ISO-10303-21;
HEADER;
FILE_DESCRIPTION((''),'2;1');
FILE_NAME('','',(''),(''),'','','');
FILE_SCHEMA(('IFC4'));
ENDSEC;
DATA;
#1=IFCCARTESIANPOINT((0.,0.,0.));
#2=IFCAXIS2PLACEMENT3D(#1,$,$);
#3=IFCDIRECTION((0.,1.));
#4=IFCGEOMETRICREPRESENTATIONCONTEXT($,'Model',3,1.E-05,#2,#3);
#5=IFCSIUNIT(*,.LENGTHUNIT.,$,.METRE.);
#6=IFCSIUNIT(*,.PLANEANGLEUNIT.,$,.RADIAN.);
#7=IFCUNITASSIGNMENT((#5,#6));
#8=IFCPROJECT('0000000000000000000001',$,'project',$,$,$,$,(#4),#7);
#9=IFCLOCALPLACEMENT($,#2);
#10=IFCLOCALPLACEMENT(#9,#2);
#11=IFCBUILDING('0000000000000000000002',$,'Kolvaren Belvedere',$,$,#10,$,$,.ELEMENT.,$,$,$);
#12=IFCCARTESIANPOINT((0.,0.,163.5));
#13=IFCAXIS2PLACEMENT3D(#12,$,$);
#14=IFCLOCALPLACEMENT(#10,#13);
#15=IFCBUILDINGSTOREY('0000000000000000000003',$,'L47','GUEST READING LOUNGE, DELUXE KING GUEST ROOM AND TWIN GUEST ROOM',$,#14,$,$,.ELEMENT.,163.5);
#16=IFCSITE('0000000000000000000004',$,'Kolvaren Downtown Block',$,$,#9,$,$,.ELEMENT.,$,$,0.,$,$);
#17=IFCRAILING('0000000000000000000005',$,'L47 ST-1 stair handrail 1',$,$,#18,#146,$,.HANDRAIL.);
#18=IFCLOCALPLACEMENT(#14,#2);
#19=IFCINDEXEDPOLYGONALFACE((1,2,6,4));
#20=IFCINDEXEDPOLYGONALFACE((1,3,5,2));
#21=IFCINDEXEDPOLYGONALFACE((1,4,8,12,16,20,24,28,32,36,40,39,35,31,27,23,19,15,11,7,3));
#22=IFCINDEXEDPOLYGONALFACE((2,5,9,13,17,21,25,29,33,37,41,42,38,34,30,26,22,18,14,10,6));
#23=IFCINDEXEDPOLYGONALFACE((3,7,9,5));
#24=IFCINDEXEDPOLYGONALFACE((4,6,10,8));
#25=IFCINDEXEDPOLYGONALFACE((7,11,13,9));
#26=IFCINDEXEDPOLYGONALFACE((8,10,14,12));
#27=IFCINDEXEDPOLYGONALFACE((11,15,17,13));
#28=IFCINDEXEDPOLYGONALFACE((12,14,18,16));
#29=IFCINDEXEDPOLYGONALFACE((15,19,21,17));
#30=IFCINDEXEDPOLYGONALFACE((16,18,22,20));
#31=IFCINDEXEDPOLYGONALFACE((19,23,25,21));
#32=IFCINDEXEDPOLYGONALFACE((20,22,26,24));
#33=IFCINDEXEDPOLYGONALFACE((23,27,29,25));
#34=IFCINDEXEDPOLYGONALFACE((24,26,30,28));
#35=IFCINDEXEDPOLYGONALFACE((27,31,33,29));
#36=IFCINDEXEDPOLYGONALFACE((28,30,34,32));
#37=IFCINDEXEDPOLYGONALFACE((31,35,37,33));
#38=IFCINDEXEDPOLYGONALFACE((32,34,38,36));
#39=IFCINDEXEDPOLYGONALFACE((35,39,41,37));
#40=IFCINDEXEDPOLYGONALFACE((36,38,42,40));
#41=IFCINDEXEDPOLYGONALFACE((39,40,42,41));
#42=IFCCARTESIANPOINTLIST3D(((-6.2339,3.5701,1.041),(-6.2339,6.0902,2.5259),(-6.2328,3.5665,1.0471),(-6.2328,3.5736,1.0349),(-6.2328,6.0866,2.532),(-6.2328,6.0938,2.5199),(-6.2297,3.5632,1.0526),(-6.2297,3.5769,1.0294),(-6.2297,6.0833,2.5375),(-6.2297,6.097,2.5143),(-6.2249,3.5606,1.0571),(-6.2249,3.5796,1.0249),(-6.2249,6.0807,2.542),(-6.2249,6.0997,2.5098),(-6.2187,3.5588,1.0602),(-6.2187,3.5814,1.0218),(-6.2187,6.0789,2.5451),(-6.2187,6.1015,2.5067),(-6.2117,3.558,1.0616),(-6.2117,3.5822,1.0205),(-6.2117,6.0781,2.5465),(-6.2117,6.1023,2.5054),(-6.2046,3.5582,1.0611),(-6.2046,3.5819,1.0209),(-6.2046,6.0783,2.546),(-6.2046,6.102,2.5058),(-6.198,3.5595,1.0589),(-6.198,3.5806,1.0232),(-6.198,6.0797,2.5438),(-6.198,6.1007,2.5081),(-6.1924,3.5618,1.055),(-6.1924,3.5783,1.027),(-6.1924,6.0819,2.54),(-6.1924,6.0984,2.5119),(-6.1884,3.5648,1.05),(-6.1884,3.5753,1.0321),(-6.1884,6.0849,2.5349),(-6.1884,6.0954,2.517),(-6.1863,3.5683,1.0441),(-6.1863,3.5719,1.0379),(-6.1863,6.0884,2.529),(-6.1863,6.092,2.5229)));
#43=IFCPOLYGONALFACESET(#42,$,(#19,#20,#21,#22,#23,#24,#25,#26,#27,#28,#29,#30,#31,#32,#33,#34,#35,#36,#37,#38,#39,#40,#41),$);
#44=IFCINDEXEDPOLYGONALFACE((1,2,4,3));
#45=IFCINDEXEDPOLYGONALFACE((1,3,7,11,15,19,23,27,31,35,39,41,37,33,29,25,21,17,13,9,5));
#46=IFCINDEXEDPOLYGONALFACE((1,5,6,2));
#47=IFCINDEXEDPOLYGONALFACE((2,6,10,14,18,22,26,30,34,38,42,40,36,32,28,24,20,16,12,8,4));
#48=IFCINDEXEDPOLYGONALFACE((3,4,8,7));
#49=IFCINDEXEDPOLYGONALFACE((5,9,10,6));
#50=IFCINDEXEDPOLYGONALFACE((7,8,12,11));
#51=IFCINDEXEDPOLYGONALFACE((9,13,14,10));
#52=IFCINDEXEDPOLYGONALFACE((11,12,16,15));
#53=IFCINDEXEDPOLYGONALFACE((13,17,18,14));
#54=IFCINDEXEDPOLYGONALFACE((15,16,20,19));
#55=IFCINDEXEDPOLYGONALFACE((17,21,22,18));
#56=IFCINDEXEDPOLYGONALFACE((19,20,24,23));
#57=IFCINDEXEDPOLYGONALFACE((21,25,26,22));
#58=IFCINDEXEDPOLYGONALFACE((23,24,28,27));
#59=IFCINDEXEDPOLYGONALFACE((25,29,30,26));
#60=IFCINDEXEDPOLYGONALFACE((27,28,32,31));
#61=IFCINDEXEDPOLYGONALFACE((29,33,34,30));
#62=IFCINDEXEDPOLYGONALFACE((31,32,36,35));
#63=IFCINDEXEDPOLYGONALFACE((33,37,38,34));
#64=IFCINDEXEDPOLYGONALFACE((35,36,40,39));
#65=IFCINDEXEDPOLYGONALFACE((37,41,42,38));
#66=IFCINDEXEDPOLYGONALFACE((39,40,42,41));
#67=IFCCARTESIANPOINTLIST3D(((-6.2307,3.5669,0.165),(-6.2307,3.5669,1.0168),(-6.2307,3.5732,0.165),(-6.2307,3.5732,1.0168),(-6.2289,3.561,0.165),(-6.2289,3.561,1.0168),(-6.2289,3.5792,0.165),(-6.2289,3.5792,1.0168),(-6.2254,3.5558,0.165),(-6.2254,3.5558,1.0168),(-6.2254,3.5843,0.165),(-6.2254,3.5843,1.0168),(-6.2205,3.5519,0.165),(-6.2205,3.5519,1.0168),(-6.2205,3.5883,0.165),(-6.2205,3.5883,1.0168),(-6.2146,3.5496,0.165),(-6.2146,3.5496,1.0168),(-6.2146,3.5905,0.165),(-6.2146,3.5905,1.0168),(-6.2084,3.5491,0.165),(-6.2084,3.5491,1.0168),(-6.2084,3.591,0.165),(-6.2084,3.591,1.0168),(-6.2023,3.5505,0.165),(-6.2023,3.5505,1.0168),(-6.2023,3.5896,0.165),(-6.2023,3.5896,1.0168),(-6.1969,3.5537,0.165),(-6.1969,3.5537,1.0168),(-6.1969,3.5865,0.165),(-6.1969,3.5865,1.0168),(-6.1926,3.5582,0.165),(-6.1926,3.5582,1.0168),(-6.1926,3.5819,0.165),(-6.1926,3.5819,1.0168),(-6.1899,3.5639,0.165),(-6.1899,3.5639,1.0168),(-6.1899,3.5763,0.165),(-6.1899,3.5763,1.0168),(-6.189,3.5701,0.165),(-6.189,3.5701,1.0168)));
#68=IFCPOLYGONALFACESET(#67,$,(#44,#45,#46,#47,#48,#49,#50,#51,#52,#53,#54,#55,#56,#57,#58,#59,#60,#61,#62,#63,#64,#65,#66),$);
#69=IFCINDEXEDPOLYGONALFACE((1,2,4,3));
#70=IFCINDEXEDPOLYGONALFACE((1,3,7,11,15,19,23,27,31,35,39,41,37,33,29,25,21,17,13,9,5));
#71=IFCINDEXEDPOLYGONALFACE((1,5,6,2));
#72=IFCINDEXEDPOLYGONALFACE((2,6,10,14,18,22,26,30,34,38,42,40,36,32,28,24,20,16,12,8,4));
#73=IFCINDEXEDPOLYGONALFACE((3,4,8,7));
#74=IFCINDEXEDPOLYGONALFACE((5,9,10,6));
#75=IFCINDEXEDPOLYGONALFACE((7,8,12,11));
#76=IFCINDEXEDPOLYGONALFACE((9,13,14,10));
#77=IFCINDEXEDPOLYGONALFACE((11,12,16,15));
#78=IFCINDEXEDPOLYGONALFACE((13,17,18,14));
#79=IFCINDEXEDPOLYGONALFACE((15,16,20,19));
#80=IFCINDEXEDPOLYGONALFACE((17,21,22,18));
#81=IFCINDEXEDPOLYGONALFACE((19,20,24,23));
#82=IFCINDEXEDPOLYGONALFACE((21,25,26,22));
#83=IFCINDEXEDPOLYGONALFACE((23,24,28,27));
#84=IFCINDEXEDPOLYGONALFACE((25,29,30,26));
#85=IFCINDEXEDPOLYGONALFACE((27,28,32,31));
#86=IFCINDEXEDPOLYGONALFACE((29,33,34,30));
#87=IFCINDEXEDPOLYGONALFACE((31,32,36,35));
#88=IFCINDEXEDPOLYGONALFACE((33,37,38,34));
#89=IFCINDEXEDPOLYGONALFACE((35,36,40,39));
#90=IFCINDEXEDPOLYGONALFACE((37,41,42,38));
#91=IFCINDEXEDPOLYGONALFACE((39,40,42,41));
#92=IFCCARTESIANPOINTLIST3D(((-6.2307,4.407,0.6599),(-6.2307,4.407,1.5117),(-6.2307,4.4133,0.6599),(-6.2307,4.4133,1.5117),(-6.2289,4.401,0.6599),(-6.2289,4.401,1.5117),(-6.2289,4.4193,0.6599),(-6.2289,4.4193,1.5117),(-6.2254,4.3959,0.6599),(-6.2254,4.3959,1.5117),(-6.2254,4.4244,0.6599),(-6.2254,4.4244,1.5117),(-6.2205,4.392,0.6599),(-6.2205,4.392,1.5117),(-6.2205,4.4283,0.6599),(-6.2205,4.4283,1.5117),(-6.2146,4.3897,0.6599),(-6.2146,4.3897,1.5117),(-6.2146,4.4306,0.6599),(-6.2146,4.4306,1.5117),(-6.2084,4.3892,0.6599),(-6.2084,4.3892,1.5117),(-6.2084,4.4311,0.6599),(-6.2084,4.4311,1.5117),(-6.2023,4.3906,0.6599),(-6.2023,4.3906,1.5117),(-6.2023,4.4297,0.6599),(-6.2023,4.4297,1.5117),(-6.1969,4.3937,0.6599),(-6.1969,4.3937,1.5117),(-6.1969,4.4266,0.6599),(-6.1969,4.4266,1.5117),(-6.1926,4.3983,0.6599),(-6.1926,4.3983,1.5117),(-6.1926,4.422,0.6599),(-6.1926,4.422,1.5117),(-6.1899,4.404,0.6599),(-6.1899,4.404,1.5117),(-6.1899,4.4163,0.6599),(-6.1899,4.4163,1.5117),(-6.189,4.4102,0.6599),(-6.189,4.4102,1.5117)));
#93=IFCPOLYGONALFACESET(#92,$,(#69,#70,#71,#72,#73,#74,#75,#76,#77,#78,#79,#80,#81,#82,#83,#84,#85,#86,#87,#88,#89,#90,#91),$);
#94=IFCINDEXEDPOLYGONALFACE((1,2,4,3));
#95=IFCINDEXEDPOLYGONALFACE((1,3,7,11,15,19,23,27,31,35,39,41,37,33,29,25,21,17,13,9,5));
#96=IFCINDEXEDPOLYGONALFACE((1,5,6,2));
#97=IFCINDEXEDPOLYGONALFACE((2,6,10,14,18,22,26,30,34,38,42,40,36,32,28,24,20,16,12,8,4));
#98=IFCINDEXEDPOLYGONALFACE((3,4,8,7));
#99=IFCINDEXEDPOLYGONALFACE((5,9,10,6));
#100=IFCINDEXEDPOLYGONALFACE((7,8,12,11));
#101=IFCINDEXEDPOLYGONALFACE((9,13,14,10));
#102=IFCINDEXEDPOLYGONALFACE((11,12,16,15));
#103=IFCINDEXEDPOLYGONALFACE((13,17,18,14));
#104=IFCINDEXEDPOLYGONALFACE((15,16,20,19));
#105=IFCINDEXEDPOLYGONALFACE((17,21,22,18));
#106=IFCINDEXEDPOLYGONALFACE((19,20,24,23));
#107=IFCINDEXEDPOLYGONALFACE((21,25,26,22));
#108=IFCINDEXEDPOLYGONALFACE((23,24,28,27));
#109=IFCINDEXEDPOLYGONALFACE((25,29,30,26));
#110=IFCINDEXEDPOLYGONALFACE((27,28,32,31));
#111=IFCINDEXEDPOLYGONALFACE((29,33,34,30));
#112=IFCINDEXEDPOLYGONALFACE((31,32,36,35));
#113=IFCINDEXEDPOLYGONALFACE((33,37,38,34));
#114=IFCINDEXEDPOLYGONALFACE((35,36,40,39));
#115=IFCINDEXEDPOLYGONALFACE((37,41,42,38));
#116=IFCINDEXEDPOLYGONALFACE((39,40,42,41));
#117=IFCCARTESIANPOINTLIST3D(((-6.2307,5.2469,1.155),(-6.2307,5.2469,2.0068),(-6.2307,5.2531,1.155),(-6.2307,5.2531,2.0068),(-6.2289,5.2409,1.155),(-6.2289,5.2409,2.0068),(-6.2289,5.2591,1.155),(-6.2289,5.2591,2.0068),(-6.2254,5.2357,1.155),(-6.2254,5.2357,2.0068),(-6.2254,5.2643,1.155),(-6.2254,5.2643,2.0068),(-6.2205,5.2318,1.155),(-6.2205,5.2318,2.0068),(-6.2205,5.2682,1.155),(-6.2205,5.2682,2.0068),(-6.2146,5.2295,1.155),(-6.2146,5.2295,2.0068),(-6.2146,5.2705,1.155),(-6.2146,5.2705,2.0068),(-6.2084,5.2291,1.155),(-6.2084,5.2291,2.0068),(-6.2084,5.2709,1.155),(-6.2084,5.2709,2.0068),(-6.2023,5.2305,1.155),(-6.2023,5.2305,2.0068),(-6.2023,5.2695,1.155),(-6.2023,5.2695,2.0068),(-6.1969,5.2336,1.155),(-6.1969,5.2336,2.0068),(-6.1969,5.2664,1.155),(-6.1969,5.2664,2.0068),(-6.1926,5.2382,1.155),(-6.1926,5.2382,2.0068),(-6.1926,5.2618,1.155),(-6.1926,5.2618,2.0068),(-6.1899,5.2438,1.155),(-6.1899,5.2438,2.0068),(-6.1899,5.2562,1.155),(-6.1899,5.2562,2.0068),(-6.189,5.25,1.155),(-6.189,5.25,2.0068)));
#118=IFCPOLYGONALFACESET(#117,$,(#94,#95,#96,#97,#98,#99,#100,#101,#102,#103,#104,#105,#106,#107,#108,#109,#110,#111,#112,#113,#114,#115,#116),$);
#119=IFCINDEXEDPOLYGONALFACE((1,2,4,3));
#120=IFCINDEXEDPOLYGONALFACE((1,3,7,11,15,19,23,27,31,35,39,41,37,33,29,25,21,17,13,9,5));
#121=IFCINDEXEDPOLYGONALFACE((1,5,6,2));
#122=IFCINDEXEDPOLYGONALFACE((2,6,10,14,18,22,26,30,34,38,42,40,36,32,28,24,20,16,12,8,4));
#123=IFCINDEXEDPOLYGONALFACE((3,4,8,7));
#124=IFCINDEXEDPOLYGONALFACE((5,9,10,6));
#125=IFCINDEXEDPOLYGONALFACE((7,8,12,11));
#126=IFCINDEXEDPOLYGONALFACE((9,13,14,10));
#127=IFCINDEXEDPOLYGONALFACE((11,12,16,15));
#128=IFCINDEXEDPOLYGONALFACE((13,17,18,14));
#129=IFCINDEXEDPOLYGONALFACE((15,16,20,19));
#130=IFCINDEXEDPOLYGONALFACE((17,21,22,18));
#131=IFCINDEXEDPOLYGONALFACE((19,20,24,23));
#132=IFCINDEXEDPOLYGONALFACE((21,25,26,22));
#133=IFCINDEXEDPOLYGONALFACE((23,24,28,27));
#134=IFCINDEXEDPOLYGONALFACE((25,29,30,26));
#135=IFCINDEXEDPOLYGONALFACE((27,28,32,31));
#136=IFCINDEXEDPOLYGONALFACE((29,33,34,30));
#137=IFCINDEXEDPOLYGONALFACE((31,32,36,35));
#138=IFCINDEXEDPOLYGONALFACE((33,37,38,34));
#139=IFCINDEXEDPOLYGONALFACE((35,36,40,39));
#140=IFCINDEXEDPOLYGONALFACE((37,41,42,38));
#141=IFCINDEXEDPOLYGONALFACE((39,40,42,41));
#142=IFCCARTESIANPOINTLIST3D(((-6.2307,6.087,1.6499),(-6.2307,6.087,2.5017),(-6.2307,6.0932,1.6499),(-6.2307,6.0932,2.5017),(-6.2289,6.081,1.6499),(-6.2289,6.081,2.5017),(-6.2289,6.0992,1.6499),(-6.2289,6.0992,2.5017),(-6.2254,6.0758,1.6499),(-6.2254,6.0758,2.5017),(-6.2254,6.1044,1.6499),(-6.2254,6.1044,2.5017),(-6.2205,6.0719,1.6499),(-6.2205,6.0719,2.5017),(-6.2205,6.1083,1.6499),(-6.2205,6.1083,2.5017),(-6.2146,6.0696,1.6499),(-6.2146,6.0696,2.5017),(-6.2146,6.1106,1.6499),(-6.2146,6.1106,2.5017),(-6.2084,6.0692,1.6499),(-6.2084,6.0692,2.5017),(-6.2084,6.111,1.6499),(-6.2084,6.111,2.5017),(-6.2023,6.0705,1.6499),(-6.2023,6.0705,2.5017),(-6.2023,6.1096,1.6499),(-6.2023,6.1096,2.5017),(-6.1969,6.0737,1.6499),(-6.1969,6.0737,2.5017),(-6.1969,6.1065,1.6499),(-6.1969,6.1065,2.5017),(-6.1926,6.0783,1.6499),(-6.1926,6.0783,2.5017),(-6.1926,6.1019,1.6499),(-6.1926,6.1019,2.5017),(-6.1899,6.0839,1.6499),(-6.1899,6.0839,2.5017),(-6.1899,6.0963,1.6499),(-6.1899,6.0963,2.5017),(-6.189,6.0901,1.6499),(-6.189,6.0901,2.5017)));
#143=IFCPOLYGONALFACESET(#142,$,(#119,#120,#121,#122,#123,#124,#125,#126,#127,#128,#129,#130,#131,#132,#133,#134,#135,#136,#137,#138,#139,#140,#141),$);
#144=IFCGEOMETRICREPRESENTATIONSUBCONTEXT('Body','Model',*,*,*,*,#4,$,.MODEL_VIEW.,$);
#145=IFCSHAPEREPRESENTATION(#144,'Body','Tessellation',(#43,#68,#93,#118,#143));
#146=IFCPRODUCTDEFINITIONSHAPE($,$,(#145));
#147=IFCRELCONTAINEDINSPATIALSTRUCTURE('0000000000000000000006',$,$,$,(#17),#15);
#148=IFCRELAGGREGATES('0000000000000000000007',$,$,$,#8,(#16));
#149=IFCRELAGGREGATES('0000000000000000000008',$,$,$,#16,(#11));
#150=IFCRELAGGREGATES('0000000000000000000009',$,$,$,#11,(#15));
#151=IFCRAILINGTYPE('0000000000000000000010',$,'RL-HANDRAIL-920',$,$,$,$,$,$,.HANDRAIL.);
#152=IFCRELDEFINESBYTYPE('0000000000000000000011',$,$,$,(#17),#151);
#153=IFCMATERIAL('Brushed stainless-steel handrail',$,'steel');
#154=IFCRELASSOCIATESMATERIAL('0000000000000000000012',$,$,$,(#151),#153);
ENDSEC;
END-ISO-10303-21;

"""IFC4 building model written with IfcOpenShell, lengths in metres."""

from ifc_helpers import new_model, si_unit, direction, frame, origin, origin_2d, place, context, subcontext, project, spatial, circle, extrude, material, type_object, element, save


model = new_model("IFC4")

# Units and contexts
model_context = context("Model", 3, precision=1e-05, world=origin(), true_north=direction((0.0, 1.0)))
body_context = subcontext(model_context, "Body", "Model", "MODEL_VIEW")
ifc_project = project(units=[si_unit("LENGTHUNIT", "METRE"), si_unit("PLANEANGLEUNIT", "RADIAN")], contexts=[model_context])

# Site, building, storey
site_placement = place(None, origin())
site = spatial("IfcSite", under=ifc_project, at=site_placement, Name="Kolvaren Downtown Block", CompositionType="ELEMENT", RefElevation=0.0)
building_placement = place(site_placement, origin())
building = spatial("IfcBuilding", under=site, at=building_placement, Name="Kolvaren Belvedere", CompositionType="ELEMENT")
storey_placement = place(building_placement, frame((0.0, 0.0, 163.5)))
storey = spatial("IfcBuildingStorey", under=building, at=storey_placement, Name="L47", Description="GUEST READING LOUNGE, DELUXE KING GUEST ROOM AND TWIN GUEST ROOM", CompositionType="ELEMENT", Elevation=163.5)

# Railing
ifc_material_1 = material(Name="Brushed stainless-steel handrail", Category="steel")
railing_type_1 = type_object("IfcRailingType", Name="RL-HANDRAIL-920", PredefinedType="HANDRAIL", material=ifc_material_1)
railing_1_placement = place(storey_placement, frame((-6.21, 3.5701, 0.165)))
element("IfcRailing", 1, at=railing_1_placement, inside=storey, type_object=railing_type_1, Name="L47 ST-1 stair handrail 1", PredefinedType="HANDRAIL", context=body_context, shape_type="SweptSolid", body=[
    extrude(circle(Radius=0.0239, at=origin_2d()), frame((0.0, 0.0, 0.876), z_axis=(0.0, 0.861561, 0.507655), x_axis=(-1.0, 0.0, 0.0)), (0.0, 0.0, 1.0), 2.925),
    extrude(circle(Radius=0.021, at=origin_2d()), origin(), (0.0, 0.0, 1.0), 0.8518),
    extrude(circle(Radius=0.021, at=origin_2d()), frame((0.0, 0.8401, 0.4949)), (0.0, 0.0, 1.0), 0.8518),
    extrude(circle(Radius=0.021, at=origin_2d()), frame((0.0, 1.6799, 0.99)), (0.0, 0.0, 1.0), 0.8518),
    extrude(circle(Radius=0.021, at=origin_2d()), frame((0.0, 2.52, 1.4849)), (0.0, 0.0, 1.0), 0.8518),
])

save(model, "model.ifc")
